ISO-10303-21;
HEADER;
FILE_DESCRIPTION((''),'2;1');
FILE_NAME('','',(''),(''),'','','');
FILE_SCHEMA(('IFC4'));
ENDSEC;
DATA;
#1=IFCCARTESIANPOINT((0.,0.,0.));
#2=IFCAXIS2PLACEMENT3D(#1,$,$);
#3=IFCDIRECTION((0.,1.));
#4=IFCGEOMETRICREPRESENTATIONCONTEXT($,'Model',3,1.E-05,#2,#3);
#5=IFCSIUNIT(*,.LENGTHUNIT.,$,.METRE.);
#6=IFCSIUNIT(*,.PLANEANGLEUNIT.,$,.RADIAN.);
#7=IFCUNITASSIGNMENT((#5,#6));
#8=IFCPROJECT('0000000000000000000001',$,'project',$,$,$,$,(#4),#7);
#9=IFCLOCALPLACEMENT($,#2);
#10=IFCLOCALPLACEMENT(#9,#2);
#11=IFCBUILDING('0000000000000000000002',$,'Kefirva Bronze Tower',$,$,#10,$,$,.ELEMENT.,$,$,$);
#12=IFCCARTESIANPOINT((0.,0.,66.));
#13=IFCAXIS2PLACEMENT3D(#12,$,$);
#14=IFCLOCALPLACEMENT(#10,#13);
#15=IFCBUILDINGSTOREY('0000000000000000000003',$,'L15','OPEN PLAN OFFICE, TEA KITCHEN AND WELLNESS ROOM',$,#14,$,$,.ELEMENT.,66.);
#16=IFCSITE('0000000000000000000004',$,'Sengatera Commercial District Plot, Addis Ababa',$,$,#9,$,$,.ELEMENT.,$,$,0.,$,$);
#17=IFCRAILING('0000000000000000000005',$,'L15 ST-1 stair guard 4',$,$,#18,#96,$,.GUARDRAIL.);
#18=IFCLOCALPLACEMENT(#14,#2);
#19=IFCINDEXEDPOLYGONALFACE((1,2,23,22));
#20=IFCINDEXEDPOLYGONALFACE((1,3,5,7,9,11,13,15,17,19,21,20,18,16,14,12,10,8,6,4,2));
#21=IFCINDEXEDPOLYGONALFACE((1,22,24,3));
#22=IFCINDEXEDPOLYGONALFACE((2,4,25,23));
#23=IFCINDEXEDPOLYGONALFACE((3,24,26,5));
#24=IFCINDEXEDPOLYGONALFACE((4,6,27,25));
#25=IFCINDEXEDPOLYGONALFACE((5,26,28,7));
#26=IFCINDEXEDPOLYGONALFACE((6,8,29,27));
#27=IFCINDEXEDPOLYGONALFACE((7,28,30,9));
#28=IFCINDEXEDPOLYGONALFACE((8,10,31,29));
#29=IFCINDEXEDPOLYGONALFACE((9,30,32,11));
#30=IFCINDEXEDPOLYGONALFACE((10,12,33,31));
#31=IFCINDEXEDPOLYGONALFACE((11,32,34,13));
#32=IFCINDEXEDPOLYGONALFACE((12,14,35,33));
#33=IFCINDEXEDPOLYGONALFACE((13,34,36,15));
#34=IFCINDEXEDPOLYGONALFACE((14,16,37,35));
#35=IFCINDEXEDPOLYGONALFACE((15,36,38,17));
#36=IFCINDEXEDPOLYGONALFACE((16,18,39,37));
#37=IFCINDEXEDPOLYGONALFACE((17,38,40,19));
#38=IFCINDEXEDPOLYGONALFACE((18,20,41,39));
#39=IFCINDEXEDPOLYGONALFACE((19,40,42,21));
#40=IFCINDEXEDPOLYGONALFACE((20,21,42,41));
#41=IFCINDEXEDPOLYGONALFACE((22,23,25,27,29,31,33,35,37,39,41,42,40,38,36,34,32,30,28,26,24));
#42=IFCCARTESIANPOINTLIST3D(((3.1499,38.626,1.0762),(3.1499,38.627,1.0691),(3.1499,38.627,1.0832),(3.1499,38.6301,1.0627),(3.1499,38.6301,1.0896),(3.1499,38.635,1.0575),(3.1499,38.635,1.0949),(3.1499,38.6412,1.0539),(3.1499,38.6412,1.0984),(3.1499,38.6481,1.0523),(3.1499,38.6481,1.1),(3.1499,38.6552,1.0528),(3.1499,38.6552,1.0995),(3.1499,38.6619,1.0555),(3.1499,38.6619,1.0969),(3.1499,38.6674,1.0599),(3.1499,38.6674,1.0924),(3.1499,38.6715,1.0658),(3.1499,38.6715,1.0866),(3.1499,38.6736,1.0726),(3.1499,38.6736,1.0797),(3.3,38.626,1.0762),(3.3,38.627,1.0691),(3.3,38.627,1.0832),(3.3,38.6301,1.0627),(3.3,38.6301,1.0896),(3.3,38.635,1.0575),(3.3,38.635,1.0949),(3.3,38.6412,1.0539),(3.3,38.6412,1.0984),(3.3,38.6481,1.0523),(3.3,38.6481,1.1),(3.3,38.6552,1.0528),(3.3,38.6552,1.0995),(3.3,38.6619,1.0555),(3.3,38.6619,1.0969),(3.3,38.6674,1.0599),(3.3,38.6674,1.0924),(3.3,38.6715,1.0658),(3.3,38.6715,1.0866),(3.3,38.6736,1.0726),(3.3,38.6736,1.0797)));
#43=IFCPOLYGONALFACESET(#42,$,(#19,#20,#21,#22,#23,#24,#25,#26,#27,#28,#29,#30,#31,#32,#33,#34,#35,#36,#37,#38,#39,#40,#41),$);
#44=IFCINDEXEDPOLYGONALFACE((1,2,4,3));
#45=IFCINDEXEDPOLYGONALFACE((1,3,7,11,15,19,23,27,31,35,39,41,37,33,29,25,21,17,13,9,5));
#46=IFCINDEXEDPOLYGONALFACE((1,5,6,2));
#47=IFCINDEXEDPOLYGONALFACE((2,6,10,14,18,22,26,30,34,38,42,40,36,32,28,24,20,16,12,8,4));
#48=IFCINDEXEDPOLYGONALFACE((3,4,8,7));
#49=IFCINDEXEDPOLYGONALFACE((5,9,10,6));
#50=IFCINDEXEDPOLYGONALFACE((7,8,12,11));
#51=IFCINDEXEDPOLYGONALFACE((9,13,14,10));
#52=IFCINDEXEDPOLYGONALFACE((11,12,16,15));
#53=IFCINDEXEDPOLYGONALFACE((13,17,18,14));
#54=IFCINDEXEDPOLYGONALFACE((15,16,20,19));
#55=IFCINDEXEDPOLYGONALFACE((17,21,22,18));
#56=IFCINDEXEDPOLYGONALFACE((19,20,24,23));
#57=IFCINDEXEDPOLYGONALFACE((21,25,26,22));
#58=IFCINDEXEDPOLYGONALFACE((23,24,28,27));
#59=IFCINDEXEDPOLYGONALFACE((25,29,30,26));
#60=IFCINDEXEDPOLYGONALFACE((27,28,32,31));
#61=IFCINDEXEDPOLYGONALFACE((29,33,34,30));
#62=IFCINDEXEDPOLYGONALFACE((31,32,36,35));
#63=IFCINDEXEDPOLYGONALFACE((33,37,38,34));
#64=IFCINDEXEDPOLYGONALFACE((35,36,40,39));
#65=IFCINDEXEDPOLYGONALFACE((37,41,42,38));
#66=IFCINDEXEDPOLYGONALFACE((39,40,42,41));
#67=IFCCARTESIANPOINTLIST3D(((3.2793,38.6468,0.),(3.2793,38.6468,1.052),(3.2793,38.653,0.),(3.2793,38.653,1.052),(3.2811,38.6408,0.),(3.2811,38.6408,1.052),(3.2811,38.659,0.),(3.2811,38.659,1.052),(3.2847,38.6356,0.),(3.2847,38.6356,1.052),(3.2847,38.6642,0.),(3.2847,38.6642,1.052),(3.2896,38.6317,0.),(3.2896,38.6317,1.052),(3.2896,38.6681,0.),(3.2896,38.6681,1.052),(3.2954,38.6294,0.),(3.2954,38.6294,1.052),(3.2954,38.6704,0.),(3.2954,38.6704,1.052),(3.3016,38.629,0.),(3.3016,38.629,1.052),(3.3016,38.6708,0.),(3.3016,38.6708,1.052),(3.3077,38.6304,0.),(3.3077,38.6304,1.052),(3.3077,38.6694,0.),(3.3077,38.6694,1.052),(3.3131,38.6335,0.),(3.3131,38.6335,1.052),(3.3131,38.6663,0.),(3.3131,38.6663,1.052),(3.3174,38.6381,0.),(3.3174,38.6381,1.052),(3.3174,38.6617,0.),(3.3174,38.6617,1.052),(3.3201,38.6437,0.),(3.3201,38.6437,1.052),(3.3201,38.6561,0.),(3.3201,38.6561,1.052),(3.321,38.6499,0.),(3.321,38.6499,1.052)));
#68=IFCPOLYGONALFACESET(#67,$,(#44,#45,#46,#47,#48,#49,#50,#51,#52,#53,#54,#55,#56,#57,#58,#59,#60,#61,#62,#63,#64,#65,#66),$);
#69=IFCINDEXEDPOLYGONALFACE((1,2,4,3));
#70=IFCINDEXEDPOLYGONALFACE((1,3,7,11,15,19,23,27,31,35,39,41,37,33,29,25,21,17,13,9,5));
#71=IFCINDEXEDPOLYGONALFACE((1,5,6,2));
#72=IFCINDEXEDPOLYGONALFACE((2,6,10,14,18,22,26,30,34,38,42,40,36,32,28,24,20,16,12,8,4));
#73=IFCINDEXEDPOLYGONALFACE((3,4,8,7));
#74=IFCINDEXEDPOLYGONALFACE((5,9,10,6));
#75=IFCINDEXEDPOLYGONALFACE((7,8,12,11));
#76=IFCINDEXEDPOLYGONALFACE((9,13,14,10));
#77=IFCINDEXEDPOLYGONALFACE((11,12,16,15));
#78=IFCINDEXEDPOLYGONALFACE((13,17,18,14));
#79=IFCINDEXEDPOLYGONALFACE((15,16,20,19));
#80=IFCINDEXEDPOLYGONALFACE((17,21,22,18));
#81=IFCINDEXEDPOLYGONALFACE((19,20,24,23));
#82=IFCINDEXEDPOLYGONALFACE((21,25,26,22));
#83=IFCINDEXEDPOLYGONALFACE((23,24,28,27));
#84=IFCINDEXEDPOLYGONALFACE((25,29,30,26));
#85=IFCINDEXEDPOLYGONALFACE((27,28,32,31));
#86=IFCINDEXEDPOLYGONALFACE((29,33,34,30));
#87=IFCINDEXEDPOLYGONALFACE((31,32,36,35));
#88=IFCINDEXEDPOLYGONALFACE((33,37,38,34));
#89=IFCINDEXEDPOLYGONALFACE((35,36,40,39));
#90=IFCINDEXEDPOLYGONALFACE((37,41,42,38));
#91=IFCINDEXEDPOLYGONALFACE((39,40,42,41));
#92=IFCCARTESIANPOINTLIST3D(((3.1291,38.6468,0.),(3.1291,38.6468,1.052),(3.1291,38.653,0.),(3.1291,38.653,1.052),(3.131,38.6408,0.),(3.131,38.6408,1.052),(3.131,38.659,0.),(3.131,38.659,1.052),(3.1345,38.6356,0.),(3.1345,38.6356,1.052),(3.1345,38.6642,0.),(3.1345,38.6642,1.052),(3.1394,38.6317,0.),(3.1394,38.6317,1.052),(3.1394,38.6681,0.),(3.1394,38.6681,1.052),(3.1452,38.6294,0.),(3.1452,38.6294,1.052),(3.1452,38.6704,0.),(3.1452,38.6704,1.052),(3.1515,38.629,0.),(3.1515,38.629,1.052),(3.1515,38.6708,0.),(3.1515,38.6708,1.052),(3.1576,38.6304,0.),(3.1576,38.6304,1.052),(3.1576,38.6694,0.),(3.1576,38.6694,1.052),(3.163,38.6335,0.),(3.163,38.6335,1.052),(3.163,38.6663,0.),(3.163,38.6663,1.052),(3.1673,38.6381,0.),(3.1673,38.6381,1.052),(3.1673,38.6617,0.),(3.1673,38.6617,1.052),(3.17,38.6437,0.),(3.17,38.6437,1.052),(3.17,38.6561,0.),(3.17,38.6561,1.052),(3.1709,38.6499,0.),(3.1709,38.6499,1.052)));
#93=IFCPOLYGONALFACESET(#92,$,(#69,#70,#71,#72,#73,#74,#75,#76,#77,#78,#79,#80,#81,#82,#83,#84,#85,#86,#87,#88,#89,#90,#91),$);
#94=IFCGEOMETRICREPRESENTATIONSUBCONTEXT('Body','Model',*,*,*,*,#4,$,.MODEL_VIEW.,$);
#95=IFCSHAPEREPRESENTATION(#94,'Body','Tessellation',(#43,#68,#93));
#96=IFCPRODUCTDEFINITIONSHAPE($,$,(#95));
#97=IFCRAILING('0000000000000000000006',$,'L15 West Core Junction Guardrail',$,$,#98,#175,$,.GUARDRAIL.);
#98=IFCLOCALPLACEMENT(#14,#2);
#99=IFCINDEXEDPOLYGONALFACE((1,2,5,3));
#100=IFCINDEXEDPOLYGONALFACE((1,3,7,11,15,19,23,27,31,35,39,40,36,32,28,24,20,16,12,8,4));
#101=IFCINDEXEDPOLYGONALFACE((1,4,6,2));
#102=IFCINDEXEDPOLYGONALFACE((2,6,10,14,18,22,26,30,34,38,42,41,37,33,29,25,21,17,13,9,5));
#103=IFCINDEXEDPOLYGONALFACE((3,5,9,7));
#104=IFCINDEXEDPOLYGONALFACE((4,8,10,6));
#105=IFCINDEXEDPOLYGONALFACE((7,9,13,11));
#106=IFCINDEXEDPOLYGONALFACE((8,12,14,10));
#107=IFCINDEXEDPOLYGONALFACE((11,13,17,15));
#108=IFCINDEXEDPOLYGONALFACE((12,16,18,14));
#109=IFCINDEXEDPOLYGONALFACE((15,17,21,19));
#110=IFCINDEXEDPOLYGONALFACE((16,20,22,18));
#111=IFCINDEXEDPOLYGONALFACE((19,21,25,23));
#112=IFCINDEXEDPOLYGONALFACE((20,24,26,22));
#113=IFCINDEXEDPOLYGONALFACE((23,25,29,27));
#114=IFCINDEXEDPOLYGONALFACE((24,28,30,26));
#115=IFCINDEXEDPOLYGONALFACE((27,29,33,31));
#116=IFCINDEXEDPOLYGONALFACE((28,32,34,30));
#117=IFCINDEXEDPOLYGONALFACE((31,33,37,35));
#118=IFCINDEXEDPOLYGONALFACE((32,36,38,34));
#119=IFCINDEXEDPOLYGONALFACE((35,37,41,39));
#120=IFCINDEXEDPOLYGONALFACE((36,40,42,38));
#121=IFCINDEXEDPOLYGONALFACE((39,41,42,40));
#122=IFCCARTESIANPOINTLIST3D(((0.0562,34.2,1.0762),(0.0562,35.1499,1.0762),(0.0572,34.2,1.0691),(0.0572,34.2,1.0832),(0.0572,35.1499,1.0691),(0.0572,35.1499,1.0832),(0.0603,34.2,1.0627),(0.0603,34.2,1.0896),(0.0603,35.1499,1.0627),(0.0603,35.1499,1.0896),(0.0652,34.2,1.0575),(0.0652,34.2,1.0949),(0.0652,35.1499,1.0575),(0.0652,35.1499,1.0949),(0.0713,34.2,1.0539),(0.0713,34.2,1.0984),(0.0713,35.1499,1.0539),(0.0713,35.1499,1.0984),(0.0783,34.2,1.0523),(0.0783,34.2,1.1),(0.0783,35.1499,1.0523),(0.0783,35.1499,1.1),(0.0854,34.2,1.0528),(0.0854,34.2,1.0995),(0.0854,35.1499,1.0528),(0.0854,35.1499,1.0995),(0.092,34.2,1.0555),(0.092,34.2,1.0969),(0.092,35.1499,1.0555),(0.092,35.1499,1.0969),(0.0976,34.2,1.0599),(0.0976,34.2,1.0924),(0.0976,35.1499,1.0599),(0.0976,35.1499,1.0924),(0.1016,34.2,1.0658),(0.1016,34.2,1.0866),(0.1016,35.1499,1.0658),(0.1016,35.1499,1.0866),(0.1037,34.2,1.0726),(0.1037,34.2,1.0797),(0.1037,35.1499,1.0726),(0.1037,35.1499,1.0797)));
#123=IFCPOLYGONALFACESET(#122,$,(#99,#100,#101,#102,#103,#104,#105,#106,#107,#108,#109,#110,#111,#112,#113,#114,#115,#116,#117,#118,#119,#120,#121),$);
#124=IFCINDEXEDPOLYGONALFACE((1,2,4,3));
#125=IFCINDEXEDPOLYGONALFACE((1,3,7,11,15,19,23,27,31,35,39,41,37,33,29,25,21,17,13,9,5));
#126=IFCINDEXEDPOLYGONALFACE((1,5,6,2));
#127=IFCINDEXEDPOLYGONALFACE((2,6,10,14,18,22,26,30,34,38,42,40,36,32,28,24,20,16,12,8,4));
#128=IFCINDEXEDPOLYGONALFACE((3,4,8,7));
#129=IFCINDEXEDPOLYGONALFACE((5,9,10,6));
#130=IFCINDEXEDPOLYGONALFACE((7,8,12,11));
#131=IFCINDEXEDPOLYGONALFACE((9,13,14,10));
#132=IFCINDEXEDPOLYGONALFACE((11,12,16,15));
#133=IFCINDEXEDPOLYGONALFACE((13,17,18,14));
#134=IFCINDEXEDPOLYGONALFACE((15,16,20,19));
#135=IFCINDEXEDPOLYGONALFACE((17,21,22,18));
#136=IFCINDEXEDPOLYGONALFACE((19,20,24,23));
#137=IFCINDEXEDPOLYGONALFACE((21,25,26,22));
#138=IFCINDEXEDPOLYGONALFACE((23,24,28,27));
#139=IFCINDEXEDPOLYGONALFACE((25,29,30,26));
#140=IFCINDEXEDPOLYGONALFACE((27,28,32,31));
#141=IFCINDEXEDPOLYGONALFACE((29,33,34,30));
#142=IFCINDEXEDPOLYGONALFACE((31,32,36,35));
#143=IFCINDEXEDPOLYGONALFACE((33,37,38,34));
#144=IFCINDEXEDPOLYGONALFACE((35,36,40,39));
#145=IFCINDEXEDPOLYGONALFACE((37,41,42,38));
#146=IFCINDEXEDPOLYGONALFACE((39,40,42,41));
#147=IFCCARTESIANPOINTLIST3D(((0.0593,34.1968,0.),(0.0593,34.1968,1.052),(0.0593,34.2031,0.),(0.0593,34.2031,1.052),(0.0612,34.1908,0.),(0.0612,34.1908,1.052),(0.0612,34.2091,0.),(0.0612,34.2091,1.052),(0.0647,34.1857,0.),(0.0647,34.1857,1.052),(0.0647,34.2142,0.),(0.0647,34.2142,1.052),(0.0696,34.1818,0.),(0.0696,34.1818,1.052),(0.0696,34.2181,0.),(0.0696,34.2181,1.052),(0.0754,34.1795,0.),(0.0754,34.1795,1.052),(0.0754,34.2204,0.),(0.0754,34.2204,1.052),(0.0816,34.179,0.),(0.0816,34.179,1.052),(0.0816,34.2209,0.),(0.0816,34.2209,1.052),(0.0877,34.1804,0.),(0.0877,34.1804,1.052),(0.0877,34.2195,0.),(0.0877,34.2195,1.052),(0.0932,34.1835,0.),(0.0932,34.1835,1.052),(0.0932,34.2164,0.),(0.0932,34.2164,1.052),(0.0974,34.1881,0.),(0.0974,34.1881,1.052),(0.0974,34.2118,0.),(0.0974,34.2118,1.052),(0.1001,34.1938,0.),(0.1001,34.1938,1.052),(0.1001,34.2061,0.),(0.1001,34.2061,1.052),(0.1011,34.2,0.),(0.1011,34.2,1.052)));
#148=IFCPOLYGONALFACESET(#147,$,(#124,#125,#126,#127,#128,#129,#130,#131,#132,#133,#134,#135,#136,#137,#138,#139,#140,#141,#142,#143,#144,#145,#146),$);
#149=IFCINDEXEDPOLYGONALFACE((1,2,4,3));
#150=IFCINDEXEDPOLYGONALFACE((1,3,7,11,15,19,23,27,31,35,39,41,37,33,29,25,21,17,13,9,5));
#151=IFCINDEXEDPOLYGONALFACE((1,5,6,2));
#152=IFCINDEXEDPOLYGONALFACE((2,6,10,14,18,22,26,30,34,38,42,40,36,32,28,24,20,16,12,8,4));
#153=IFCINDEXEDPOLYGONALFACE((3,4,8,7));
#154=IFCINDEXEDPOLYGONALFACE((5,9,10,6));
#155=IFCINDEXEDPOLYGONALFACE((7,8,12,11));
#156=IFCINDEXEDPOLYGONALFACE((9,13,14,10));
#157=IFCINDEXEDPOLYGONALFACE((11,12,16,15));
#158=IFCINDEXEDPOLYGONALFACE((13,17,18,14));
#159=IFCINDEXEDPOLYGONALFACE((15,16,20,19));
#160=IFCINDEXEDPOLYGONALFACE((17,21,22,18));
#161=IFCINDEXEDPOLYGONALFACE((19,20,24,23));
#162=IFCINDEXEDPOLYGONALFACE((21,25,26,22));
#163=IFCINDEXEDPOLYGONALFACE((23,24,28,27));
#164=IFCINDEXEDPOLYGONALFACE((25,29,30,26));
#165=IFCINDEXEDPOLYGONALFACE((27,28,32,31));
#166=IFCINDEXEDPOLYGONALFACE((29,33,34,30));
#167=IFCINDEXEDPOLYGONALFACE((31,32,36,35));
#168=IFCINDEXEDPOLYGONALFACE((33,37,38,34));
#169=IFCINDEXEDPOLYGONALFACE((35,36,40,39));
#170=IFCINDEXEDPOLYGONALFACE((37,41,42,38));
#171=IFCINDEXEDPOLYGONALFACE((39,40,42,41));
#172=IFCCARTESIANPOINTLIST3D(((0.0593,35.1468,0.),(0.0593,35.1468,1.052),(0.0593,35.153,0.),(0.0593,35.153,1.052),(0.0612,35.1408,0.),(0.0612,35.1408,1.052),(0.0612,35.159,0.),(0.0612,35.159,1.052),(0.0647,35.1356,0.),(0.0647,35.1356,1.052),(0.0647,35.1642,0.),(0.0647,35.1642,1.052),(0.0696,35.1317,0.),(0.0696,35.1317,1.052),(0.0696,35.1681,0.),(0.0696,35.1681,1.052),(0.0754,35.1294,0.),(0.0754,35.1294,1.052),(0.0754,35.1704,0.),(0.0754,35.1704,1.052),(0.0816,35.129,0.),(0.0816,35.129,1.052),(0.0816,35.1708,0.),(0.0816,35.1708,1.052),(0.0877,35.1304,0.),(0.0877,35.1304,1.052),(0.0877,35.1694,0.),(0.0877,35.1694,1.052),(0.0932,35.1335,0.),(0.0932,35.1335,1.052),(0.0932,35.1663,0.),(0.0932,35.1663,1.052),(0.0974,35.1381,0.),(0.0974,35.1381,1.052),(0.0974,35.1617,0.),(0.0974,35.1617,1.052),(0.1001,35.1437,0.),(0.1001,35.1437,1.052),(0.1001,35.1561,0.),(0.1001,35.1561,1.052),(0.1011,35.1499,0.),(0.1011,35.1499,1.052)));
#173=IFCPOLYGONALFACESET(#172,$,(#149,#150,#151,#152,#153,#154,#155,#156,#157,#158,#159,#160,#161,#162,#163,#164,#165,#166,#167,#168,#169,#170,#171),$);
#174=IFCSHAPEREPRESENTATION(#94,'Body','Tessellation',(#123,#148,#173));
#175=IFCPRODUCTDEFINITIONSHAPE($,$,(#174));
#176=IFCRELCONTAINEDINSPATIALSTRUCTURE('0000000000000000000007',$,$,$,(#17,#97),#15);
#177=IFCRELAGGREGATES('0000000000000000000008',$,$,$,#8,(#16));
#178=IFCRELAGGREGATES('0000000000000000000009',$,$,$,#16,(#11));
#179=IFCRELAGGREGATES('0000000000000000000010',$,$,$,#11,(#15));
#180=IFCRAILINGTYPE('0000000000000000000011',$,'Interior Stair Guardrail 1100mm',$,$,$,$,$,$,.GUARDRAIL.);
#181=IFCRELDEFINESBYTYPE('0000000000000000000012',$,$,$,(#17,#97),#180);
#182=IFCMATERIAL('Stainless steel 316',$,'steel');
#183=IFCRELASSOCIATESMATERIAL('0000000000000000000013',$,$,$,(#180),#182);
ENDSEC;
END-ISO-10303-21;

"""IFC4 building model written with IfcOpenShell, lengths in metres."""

from ifc_helpers import new_model, si_unit, direction, frame, origin, origin_2d, place, context, subcontext, project, spatial, circle, extrude, material, type_object, element, save


model = new_model("IFC4")

# Units and contexts
model_context = context("Model", 3, precision=1e-05, world=origin(), true_north=direction((0.0, 1.0)))
body_context = subcontext(model_context, "Body", "Model", "MODEL_VIEW")
ifc_project = project(units=[si_unit("LENGTHUNIT", "METRE"), si_unit("PLANEANGLEUNIT", "RADIAN")], contexts=[model_context])

# Site, building, storey
site_placement = place(None, origin())
site = spatial("IfcSite", under=ifc_project, at=site_placement, Name="Sengatera Commercial District Plot, Addis Ababa", CompositionType="ELEMENT", RefElevation=0.0)
building_placement = place(site_placement, origin())
building = spatial("IfcBuilding", under=site, at=building_placement, Name="Kefirva Bronze Tower", CompositionType="ELEMENT")
storey_placement = place(building_placement, frame((0.0, 0.0, 66.0)))
storey = spatial("IfcBuildingStorey", under=building, at=storey_placement, Name="L15", Description="OPEN PLAN OFFICE, TEA KITCHEN AND WELLNESS ROOM", CompositionType="ELEMENT", Elevation=66.0)

# Railings
ifc_material_1 = material(Name="Stainless steel 316", Category="steel")
railing_type_1 = type_object("IfcRailingType", Name="Interior Stair Guardrail 1100mm", PredefinedType="GUARDRAIL", material=ifc_material_1)
railing_1_placement = place(storey_placement, frame((3.3, 38.6499, 0.0)))
element("IfcRailing", 1, at=railing_1_placement, inside=storey, type_object=railing_type_1, Name="L15 ST-1 stair guard 4", PredefinedType="GUARDRAIL", context=body_context, shape_type="SweptSolid", body=[
    extrude(circle(Radius=0.0239, at=origin_2d()), frame((0.0, 0.0, 1.0762), z_axis=(-1.0, 0.0, 0.0), x_axis=(0.0, -1.0, 0.0)), (0.0, 0.0, 1.0), 0.1501),
    extrude(circle(Radius=0.021, at=origin_2d()), origin(), (0.0, 0.0, 1.0), 1.052),
    extrude(circle(Radius=0.021, at=origin_2d()), frame((-0.1501, 0.0, 0.0)), (0.0, 0.0, 1.0), 1.052),
])
railing_2_placement = place(storey_placement, frame((0.0801, 34.2, 0.0)))
element("IfcRailing", 2, at=railing_2_placement, inside=storey, type_object=railing_type_1, Name="L15 West Core Junction Guardrail", PredefinedType="GUARDRAIL", context=body_context, shape_type="SweptSolid", body=[
    extrude(circle(Radius=0.0239, at=origin_2d()), frame((0.0, 0.0, 1.0762), z_axis=(0.0, 1.0, 0.0), x_axis=(-1.0, 0.0, 0.0)), (0.0, 0.0, 1.0), 0.95),
    extrude(circle(Radius=0.021, at=origin_2d()), origin(), (0.0, 0.0, 1.0), 1.052),
    extrude(circle(Radius=0.021, at=origin_2d()), frame((0.0, 0.95, 0.0)), (0.0, 0.0, 1.0), 1.052),
])

save(model, "model.ifc")
